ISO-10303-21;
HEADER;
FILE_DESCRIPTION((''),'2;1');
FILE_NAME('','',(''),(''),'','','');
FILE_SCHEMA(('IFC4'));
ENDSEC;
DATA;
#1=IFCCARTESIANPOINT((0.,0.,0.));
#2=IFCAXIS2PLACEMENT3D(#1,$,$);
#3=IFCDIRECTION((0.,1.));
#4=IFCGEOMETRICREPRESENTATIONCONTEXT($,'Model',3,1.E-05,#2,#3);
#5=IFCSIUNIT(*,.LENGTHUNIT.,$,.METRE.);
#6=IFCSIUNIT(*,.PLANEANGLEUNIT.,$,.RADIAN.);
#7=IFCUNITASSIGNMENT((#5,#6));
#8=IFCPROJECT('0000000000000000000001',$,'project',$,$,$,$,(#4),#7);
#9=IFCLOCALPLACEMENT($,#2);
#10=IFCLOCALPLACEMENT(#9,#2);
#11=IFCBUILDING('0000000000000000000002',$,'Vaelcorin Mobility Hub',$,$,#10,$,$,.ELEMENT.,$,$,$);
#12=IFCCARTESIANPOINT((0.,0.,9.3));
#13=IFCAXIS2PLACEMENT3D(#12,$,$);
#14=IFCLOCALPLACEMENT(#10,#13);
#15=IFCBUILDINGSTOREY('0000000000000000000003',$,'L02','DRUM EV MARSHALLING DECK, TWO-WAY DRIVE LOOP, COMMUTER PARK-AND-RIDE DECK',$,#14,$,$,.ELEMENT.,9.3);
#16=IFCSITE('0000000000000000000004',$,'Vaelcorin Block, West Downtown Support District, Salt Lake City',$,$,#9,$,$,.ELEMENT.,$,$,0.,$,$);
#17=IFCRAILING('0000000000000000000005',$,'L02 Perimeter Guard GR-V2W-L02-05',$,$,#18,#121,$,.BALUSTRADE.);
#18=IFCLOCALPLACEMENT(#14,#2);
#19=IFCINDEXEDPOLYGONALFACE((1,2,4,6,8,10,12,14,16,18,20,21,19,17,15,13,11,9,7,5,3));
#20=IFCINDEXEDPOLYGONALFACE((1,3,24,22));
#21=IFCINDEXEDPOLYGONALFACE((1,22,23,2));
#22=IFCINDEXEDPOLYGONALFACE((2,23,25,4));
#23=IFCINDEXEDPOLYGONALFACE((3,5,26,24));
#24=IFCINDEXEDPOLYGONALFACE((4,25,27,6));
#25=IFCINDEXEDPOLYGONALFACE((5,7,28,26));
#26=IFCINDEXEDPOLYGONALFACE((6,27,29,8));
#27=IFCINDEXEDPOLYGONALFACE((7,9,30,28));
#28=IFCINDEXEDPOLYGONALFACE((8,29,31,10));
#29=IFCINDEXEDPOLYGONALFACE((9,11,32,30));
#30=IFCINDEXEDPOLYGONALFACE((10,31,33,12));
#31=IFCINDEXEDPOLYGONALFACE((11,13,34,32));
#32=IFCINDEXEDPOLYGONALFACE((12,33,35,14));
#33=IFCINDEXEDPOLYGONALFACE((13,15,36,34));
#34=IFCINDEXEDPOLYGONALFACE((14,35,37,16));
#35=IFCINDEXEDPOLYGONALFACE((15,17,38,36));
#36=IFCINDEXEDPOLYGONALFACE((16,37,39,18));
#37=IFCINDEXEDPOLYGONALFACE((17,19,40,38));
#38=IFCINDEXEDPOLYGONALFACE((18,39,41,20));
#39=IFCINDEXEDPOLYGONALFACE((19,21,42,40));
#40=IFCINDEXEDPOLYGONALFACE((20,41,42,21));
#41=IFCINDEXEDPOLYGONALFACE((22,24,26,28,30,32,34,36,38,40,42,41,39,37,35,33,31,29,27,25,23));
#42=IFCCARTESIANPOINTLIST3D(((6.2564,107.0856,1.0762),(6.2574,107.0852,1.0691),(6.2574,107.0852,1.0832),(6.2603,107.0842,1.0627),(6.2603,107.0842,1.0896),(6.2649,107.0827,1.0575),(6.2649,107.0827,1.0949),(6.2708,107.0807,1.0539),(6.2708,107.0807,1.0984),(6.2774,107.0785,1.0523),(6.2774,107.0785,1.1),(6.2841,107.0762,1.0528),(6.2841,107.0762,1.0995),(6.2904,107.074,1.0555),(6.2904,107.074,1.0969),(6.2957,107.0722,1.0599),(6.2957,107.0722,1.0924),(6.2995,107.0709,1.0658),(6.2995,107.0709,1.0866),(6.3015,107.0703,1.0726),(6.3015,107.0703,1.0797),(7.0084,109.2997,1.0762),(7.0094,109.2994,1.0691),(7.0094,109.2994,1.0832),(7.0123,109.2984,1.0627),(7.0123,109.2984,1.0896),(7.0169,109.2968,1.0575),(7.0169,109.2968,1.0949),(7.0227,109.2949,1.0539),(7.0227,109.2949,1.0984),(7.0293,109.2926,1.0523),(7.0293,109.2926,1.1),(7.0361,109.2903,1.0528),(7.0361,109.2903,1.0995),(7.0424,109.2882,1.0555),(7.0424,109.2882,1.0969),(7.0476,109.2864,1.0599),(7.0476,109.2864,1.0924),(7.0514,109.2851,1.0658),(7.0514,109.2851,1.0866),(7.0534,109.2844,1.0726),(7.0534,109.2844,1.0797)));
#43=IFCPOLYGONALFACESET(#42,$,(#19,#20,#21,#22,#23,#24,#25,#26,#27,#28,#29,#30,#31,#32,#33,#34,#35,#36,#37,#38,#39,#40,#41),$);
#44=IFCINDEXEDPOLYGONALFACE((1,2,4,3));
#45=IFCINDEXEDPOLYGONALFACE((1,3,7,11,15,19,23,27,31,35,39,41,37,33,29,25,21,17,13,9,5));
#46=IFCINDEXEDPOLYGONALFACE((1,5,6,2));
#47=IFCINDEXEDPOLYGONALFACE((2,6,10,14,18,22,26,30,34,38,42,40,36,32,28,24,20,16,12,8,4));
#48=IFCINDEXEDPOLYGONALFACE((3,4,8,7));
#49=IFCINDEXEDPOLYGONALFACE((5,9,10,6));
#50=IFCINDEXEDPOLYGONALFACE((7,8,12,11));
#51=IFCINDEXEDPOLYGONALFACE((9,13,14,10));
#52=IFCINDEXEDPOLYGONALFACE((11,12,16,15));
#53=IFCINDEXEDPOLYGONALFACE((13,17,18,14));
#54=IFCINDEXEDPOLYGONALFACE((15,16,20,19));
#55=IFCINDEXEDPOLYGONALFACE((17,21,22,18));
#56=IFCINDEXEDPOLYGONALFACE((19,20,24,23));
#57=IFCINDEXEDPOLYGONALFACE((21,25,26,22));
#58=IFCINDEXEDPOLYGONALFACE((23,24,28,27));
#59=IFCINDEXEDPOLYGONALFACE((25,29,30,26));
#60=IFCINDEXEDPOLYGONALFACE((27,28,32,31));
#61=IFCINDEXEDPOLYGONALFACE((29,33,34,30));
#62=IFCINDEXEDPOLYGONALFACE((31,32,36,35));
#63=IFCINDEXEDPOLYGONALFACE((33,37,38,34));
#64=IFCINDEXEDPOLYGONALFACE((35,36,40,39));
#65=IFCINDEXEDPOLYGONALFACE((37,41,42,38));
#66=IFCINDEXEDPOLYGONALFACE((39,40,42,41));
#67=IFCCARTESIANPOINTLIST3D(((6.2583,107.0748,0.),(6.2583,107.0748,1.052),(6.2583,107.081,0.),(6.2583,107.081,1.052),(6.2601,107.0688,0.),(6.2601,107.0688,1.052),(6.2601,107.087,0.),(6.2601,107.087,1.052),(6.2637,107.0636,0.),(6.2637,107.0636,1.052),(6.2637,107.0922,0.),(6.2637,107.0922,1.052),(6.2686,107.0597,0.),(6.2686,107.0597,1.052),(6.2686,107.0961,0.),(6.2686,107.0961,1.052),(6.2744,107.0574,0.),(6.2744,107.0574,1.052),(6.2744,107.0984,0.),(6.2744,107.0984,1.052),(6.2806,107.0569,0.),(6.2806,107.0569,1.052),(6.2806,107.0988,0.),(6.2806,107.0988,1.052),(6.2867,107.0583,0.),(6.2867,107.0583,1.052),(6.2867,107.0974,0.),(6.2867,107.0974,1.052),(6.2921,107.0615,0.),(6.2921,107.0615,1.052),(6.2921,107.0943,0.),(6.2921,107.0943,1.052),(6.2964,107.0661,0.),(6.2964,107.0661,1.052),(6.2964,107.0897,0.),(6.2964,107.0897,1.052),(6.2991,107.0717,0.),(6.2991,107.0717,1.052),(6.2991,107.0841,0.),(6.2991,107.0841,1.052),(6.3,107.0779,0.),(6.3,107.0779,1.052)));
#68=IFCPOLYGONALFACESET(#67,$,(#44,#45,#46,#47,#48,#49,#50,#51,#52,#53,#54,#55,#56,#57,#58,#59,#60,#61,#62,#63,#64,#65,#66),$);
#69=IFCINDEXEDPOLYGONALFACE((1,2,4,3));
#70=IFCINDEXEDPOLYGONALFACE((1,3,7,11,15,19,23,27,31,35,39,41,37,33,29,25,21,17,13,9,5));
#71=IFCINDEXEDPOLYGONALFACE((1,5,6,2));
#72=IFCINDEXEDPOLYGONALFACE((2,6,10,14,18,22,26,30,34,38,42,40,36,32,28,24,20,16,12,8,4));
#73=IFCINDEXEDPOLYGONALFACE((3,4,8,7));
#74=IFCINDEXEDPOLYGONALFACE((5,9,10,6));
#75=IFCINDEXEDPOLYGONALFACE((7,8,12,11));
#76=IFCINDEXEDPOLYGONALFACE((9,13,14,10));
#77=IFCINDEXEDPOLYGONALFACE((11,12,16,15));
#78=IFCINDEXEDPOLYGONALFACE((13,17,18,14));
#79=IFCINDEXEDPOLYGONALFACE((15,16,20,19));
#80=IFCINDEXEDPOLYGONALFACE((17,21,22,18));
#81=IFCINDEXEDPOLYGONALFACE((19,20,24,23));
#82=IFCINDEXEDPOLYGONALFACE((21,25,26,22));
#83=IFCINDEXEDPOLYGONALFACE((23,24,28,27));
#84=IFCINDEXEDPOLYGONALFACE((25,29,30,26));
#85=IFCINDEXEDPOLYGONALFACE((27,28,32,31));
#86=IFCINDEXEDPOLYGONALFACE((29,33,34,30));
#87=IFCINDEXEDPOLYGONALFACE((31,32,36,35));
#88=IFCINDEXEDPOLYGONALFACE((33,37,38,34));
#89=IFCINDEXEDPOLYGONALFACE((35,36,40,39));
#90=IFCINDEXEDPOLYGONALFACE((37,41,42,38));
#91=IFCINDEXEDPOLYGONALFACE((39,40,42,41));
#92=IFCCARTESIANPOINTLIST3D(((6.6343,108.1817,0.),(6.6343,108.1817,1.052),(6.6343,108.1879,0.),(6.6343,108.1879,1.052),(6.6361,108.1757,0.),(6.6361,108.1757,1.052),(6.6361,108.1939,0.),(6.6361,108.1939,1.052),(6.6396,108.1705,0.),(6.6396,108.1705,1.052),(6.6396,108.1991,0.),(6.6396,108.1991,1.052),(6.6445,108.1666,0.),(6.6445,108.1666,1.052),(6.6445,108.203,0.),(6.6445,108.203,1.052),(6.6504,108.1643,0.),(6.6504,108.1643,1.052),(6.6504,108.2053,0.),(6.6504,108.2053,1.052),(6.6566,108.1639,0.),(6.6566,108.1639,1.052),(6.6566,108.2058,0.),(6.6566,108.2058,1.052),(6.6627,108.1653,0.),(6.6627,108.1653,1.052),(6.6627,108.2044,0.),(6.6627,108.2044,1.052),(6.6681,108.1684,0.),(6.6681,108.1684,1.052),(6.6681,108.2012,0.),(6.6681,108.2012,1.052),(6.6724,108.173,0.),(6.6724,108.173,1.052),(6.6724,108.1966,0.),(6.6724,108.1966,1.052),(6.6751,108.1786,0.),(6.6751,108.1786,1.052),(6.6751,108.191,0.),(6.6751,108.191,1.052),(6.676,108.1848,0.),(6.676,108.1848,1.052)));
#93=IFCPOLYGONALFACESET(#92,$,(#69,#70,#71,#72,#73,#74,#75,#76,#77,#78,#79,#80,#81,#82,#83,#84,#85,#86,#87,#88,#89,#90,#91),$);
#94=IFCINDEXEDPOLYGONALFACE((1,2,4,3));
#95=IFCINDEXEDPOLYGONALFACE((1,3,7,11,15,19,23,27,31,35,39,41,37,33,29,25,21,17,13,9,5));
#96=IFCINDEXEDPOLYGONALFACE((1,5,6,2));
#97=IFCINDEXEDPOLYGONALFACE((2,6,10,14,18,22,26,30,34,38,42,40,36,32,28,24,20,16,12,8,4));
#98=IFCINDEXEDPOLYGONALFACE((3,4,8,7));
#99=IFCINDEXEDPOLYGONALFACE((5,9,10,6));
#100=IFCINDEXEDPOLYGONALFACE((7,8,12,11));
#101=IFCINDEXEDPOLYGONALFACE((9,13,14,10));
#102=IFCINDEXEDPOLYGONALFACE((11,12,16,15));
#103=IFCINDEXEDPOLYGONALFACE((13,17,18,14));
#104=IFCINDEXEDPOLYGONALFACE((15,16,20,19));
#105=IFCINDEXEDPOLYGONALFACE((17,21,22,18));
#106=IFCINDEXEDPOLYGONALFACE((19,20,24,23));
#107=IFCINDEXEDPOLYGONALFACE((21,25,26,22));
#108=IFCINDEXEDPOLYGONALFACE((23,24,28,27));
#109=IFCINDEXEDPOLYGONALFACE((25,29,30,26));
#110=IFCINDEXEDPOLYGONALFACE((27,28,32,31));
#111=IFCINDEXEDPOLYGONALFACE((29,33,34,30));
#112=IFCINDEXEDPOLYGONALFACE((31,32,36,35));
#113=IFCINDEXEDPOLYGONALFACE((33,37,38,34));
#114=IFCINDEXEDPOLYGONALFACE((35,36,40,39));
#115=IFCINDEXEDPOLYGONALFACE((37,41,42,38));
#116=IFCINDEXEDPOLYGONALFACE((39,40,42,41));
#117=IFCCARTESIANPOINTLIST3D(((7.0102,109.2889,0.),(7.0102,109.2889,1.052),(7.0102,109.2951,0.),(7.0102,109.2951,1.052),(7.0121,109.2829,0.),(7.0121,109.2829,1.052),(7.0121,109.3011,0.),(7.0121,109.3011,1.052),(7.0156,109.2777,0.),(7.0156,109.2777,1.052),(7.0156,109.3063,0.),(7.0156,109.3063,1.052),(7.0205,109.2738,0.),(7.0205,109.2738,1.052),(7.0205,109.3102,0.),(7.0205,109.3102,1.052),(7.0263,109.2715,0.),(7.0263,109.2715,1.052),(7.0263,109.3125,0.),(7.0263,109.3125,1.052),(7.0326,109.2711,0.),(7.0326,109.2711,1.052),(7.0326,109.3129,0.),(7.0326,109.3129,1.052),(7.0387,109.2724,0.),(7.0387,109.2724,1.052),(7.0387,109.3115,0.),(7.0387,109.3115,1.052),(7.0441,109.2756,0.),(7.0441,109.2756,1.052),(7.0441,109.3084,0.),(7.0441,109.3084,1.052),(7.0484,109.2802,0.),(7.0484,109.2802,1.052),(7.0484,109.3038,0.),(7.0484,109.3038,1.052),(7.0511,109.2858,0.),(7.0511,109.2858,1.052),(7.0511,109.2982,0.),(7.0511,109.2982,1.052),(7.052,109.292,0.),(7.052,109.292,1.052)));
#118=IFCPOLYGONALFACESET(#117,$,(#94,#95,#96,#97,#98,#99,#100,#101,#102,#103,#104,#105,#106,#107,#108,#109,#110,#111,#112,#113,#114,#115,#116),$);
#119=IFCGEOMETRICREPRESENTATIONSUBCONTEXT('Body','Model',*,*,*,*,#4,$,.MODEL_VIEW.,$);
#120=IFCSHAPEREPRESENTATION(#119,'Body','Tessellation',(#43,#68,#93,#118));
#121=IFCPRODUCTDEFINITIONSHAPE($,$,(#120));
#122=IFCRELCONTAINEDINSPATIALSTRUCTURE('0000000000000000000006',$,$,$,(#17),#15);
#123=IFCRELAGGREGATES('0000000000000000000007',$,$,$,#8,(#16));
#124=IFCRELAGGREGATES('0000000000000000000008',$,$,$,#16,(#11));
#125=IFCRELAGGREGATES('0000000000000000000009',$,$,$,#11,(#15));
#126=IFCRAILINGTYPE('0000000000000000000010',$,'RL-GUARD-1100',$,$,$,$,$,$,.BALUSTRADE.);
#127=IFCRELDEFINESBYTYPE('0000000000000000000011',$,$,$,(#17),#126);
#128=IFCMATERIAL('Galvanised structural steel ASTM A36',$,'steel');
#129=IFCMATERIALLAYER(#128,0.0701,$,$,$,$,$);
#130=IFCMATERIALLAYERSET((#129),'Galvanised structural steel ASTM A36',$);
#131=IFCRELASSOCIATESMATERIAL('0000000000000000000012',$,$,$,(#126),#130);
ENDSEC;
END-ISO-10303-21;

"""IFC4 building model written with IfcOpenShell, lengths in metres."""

from ifc_helpers import new_model, si_unit, direction, frame, origin, origin_2d, place, context, subcontext, project, spatial, circle, extrude, material, layer, layer_set, type_object, element, save


model = new_model("IFC4")

# Units and contexts
model_context = context("Model", 3, precision=1e-05, world=origin(), true_north=direction((0.0, 1.0)))
body_context = subcontext(model_context, "Body", "Model", "MODEL_VIEW")
ifc_project = project(units=[si_unit("LENGTHUNIT", "METRE"), si_unit("PLANEANGLEUNIT", "RADIAN")], contexts=[model_context])

# Site, building, storey
site_placement = place(None, origin())
site = spatial("IfcSite", under=ifc_project, at=site_placement, Name="Vaelcorin Block, West Downtown Support District, Salt Lake City", CompositionType="ELEMENT", RefElevation=0.0)
building_placement = place(site_placement, origin())
building = spatial("IfcBuilding", under=site, at=building_placement, Name="Vaelcorin Mobility Hub", CompositionType="ELEMENT")
storey_placement = place(building_placement, frame((0.0, 0.0, 9.3)))
storey = spatial("IfcBuildingStorey", under=building, at=storey_placement, Name="L02", Description="DRUM EV MARSHALLING DECK, TWO-WAY DRIVE LOOP, COMMUTER PARK-AND-RIDE DECK", CompositionType="ELEMENT", Elevation=9.3)

# Railing
ifc_material_1 = material(Name="Galvanised structural steel ASTM A36", Category="steel")
ifc_layer_1 = layer(ifc_material_1, 0.0701)
ifc_layer_set_1 = layer_set([ifc_layer_1], Name="Galvanised structural steel ASTM A36")
railing_type = type_object("IfcRailingType", Name="RL-GUARD-1100", PredefinedType="BALUSTRADE", material=ifc_layer_set_1)
railing_1_placement = place(storey_placement, frame((6.2791, 107.0779, 0.0)))
element("IfcRailing", 1, at=railing_1_placement, inside=storey, type_object=railing_type, Name="L02 Perimeter Guard GR-V2W-L02-05", PredefinedType="BALUSTRADE", context=body_context, shape_type="SweptSolid", body=[
    extrude(circle(Radius=0.0239, at=origin_2d()), frame((0.0, 0.0, 1.0762), z_axis=(0.321579, 0.946883, 0.0), x_axis=(-0.946883, 0.321579, 0.0)), (0.0, 0.0, 1.0), 2.3384),
    extrude(circle(Radius=0.021, at=origin_2d()), origin(), (0.0, 0.0, 1.0), 1.052),
    extrude(circle(Radius=0.021, at=origin_2d()), frame((0.376, 1.1069, 0.0)), (0.0, 0.0, 1.0), 1.052),
    extrude(circle(Radius=0.021, at=origin_2d()), frame((0.752, 2.2141, 0.0)), (0.0, 0.0, 1.0), 1.052),
])

save(model, "model.ifc")
